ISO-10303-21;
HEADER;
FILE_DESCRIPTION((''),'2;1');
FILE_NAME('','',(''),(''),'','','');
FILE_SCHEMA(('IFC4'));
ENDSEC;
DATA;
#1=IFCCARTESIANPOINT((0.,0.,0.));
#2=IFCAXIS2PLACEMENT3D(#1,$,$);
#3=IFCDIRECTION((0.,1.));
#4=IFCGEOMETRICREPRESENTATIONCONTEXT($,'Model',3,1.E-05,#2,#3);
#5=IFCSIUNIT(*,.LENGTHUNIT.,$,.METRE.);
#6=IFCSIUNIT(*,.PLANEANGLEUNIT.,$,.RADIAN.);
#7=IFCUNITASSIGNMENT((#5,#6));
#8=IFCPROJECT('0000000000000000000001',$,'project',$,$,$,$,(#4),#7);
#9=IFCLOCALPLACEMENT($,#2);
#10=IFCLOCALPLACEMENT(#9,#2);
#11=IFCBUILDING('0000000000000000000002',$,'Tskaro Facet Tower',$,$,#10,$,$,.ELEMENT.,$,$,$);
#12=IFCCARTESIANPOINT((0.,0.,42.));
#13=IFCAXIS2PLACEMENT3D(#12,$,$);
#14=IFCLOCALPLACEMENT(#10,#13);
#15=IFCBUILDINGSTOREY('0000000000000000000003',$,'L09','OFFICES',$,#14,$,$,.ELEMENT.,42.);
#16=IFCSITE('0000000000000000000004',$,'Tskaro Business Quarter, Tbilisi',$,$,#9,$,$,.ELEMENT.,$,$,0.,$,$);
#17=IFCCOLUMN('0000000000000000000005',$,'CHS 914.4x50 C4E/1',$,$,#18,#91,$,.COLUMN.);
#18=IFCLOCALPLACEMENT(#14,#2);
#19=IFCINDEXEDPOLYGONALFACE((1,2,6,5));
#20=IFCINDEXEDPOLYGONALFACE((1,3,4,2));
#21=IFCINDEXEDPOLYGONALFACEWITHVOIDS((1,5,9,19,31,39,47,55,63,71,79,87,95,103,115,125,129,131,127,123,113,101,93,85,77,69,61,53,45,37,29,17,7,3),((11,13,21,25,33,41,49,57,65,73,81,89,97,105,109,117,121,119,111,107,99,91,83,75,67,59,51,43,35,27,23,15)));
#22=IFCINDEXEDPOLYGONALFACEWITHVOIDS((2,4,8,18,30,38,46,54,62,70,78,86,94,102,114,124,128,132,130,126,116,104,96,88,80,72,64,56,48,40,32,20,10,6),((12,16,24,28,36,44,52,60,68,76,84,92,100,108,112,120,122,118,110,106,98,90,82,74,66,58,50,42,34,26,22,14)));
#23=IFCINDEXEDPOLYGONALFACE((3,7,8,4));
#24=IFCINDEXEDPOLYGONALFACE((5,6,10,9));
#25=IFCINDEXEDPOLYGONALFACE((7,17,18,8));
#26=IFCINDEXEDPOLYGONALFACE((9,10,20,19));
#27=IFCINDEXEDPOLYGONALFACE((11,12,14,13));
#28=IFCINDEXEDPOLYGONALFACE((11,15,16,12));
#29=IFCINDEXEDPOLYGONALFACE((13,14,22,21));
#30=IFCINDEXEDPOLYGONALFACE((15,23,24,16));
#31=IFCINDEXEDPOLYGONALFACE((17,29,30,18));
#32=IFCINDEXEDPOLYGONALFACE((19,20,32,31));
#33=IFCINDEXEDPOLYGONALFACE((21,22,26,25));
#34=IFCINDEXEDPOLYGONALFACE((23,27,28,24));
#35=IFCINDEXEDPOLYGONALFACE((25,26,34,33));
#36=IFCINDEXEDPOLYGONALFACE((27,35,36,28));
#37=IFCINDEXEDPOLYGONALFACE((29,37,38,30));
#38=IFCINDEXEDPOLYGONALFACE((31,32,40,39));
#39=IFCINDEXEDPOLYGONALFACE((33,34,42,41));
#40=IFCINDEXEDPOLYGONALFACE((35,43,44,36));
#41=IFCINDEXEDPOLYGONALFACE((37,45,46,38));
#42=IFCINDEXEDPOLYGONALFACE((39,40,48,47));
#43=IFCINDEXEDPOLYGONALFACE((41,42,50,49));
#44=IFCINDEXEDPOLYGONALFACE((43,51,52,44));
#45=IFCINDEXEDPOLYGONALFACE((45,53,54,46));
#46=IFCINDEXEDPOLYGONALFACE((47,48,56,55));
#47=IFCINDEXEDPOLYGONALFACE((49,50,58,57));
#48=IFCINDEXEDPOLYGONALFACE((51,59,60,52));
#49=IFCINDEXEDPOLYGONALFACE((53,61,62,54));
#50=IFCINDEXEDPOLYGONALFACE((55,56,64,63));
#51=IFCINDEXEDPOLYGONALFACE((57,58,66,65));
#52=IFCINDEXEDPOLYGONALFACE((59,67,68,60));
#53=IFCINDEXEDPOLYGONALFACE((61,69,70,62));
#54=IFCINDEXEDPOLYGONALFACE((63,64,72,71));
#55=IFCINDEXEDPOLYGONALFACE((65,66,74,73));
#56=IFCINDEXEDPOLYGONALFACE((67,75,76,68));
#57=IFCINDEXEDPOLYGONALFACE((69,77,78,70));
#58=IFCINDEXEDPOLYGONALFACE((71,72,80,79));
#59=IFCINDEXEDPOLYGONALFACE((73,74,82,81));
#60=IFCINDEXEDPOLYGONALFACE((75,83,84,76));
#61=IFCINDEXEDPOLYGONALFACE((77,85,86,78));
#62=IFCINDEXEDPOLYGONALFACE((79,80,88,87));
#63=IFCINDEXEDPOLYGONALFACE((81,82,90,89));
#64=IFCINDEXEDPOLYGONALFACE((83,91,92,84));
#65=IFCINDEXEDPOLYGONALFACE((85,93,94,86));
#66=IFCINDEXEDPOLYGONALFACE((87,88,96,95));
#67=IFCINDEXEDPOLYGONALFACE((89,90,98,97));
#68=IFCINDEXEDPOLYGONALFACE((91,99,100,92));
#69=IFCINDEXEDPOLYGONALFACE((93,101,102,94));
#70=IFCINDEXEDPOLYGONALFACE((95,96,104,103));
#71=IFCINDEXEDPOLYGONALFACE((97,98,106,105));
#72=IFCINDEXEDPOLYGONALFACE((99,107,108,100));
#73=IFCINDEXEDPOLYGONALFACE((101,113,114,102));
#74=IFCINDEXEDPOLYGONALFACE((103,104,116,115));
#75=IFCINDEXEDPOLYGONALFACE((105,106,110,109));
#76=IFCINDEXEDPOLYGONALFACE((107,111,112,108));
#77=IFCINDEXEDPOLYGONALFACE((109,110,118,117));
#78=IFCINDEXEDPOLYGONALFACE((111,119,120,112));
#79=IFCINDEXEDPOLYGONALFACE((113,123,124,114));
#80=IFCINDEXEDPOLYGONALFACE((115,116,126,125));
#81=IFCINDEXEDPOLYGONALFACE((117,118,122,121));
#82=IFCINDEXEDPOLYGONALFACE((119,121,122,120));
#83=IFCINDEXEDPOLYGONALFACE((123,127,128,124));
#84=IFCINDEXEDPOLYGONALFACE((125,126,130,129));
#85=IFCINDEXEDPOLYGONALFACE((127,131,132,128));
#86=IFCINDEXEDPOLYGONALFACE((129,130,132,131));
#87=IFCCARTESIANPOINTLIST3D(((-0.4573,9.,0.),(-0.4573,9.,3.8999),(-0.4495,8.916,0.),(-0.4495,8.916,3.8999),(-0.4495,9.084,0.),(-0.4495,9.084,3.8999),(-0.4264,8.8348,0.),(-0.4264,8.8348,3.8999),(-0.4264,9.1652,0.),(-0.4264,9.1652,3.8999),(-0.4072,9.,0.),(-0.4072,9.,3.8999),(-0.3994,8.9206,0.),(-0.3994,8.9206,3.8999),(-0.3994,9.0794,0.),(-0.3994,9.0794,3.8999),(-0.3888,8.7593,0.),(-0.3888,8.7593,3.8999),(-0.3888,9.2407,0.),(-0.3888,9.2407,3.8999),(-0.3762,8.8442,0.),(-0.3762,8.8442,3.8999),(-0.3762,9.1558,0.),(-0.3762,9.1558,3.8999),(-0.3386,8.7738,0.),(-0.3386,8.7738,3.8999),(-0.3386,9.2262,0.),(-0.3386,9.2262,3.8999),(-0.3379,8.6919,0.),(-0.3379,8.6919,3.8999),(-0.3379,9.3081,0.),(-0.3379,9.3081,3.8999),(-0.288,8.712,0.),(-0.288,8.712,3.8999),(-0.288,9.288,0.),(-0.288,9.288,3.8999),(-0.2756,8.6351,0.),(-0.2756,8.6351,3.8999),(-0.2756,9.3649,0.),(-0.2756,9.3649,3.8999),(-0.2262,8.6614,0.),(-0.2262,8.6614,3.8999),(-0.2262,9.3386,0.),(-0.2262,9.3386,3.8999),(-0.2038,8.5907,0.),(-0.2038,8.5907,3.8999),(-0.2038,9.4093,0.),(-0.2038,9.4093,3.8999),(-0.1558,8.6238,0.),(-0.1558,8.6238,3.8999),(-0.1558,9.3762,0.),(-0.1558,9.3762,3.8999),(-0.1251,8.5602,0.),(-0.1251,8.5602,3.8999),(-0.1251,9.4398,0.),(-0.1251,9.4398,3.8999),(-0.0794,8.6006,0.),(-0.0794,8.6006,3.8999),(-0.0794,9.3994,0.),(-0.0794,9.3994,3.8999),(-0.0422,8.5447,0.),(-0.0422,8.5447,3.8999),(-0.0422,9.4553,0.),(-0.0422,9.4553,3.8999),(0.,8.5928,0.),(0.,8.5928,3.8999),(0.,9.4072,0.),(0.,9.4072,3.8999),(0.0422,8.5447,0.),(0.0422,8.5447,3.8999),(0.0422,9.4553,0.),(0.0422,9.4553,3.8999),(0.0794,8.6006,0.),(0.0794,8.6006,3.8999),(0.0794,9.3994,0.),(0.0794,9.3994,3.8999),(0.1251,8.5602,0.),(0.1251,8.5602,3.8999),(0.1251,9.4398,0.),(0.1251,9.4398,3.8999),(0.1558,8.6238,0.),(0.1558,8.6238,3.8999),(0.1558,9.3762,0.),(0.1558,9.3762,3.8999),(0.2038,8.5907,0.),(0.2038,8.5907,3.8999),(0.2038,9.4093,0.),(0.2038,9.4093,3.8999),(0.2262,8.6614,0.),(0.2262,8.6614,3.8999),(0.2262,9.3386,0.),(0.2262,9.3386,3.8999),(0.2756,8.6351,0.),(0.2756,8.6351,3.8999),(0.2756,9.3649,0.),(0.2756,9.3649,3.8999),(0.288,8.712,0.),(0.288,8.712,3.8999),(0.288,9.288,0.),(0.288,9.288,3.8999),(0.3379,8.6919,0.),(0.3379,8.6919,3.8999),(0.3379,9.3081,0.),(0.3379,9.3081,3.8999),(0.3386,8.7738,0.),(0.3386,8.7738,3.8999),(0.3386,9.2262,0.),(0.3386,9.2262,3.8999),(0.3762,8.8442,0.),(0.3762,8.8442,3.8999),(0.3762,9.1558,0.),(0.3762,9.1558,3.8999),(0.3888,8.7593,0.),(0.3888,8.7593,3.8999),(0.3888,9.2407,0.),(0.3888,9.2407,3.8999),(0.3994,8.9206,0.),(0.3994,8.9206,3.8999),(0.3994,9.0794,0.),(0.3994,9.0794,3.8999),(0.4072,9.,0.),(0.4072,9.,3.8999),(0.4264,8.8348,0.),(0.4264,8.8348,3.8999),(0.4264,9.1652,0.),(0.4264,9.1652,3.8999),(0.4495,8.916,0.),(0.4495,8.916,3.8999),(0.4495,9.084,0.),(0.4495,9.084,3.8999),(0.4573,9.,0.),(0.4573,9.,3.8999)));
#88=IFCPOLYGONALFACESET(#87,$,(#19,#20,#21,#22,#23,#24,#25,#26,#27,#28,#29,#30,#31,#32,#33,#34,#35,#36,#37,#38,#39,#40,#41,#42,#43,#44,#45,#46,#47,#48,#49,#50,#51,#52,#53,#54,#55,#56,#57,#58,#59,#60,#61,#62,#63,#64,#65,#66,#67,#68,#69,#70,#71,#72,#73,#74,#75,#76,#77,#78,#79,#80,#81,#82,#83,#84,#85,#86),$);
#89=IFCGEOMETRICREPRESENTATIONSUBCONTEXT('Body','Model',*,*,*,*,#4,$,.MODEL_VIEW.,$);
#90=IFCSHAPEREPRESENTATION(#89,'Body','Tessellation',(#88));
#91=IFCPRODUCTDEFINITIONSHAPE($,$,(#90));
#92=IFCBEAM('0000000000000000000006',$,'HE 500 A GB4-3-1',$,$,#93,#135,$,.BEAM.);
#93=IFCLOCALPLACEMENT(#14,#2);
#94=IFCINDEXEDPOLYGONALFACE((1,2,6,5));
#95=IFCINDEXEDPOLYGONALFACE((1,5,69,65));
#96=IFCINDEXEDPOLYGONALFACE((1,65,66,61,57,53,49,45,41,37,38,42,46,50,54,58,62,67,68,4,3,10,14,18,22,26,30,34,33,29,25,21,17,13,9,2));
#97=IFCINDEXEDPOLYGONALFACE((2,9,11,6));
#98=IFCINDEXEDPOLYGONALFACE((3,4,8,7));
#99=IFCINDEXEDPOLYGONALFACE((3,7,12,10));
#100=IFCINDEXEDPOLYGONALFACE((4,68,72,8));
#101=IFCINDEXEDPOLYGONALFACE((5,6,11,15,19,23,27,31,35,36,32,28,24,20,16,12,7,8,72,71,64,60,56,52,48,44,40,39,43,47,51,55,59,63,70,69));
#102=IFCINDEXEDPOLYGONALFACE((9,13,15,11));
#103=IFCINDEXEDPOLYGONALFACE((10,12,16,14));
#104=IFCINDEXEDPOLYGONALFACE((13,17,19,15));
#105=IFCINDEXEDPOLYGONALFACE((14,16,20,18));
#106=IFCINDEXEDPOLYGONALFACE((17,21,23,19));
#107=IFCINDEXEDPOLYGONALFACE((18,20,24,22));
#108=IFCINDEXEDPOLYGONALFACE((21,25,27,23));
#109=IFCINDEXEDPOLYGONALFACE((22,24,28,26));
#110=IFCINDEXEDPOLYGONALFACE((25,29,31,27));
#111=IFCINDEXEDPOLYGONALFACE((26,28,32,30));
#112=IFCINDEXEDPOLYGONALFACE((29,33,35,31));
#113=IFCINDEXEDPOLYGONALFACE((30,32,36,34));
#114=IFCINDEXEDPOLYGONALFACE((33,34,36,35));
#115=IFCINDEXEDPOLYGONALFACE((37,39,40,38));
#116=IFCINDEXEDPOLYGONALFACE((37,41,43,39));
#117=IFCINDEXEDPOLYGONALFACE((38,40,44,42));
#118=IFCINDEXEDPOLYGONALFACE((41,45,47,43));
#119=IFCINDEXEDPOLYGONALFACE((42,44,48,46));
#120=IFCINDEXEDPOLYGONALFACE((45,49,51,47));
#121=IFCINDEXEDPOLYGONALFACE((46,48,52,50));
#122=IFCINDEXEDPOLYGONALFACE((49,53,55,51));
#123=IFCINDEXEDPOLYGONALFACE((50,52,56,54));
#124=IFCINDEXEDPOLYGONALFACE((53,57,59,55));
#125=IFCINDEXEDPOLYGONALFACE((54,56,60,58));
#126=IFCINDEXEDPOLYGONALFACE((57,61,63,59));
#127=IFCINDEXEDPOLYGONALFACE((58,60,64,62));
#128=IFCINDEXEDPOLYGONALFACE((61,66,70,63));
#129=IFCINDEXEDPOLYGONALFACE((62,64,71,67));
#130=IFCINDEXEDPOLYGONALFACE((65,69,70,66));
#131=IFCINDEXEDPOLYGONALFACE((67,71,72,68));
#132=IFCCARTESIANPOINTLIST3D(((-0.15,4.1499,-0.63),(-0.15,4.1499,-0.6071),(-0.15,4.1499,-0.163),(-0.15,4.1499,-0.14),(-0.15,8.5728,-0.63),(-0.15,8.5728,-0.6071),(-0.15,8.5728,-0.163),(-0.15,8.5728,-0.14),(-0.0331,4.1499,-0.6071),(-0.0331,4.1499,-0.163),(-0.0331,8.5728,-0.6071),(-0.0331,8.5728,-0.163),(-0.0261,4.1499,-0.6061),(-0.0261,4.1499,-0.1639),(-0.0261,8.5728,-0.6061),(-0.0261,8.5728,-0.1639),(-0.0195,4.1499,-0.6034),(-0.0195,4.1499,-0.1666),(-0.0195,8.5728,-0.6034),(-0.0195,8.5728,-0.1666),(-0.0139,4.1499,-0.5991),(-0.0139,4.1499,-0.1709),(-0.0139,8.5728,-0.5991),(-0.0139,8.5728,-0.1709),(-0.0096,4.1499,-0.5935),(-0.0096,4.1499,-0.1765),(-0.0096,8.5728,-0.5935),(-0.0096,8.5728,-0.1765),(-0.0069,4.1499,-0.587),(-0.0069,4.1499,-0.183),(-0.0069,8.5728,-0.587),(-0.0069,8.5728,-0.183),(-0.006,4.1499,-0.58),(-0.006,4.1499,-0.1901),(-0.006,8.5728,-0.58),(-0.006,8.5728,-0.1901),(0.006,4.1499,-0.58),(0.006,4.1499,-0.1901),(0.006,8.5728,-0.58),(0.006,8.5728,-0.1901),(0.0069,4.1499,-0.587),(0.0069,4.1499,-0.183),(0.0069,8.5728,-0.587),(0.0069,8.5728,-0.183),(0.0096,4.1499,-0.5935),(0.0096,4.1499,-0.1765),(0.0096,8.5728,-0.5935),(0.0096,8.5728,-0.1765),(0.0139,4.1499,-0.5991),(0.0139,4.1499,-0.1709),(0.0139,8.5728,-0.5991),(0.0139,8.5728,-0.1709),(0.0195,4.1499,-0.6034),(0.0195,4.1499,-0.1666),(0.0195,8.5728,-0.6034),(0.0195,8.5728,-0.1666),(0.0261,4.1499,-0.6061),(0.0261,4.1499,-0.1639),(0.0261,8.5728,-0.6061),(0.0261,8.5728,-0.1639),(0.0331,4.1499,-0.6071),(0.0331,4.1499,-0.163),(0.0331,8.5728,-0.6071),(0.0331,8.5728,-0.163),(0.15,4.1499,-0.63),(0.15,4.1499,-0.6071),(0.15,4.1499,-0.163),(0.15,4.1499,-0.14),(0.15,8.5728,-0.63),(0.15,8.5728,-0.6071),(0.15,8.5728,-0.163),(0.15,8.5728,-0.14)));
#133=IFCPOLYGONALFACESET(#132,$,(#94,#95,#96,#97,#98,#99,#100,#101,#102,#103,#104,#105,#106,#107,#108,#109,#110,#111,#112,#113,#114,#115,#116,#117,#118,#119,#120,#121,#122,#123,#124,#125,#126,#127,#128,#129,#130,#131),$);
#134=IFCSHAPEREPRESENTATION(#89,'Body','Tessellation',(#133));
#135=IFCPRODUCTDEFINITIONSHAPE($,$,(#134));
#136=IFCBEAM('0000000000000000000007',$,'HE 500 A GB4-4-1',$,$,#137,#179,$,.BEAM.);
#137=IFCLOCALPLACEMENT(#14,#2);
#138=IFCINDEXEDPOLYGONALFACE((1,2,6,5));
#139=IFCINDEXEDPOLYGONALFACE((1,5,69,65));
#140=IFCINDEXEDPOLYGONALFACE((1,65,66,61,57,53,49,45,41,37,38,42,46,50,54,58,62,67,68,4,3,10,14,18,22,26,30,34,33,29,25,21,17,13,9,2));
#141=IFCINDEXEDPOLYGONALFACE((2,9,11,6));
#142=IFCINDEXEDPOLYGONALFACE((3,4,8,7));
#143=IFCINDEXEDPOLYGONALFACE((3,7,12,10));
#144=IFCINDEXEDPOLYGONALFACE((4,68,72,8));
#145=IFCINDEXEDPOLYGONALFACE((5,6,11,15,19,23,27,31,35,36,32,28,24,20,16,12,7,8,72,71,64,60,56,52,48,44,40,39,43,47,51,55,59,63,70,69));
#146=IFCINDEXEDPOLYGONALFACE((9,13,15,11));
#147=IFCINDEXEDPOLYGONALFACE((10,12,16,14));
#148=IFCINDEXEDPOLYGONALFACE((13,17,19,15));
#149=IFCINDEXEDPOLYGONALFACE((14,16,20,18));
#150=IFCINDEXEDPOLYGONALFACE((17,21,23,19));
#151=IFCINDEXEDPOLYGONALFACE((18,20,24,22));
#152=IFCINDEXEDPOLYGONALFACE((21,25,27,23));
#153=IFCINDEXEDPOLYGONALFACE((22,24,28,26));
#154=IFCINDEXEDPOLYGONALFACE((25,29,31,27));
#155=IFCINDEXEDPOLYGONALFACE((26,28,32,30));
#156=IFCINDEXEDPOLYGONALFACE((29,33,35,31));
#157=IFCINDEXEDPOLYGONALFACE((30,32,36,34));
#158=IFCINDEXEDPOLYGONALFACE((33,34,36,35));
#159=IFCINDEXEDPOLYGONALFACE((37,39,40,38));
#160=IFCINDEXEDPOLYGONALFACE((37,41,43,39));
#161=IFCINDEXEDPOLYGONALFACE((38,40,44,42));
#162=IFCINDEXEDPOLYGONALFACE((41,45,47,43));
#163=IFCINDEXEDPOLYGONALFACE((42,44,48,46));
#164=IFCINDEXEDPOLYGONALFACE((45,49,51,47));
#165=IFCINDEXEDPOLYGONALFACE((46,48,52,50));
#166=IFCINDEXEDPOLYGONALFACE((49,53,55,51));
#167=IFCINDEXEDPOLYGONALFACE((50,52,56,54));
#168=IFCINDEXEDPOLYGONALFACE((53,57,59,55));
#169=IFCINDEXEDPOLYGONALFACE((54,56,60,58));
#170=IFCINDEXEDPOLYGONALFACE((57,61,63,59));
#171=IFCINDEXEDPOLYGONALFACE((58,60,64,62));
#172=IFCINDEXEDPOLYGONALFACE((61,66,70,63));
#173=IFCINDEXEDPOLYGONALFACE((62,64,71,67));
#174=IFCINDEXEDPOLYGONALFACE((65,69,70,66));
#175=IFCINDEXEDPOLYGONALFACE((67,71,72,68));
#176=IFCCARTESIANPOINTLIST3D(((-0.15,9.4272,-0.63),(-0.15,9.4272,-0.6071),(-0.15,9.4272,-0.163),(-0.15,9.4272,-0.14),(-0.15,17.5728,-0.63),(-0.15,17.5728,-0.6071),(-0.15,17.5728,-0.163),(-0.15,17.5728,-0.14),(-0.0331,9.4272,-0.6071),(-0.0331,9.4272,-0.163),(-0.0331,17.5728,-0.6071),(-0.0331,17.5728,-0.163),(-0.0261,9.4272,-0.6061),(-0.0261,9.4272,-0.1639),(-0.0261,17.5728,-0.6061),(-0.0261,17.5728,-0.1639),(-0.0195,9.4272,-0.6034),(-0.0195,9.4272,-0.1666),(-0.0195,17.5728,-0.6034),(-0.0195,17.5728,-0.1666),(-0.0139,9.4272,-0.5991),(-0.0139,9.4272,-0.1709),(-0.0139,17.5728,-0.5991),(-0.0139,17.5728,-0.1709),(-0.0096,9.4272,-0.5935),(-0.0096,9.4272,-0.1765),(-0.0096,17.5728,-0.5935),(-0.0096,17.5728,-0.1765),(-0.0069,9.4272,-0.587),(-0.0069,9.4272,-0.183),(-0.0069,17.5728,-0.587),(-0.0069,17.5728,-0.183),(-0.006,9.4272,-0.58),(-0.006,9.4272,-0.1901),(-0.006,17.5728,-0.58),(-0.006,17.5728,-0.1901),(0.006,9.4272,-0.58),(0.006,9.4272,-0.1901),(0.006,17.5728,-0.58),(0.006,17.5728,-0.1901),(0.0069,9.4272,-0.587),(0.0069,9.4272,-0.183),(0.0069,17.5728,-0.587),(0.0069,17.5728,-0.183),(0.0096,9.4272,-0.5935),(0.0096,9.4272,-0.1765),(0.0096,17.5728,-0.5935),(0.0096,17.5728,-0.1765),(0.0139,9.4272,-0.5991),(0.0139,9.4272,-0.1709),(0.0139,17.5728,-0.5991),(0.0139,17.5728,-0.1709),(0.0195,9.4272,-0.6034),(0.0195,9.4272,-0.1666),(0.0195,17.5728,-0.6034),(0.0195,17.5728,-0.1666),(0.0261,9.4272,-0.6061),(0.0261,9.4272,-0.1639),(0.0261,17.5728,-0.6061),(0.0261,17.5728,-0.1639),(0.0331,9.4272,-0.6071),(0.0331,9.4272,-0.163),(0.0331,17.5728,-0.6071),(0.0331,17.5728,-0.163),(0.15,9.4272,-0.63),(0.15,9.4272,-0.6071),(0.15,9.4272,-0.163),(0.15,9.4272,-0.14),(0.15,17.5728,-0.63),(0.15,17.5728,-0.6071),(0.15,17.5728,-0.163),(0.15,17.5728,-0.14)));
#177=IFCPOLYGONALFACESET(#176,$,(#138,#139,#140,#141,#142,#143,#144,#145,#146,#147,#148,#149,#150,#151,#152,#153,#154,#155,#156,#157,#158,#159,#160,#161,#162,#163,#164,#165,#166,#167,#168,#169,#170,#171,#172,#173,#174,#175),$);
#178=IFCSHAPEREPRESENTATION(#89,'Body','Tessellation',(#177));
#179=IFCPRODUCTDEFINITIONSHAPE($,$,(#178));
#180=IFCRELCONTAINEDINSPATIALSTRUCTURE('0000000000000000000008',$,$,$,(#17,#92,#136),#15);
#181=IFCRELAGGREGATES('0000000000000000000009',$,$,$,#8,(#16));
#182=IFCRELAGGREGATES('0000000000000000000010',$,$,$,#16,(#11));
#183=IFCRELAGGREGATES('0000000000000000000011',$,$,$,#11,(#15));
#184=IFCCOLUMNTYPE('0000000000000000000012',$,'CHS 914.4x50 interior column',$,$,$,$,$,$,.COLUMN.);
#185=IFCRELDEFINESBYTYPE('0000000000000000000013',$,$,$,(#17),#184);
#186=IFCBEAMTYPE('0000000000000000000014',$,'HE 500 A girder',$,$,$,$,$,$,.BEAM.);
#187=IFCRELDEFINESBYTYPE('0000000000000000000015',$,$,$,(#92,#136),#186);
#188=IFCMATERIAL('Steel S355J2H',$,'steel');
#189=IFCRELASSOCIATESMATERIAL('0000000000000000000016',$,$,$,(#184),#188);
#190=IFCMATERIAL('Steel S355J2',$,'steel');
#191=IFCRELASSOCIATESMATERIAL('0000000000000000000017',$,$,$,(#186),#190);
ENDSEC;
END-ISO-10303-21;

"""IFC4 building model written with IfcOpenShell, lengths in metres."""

from ifc_helpers import new_model, si_unit, direction, frame, origin, origin_2d, place, context, subcontext, project, spatial, hollow_circle, i_section, extrude, material, material_profile, profile_set, type_object, element, save


model = new_model("IFC4")

# Units and contexts
model_context = context("Model", 3, precision=1e-05, world=origin(), true_north=direction((0.0, 1.0)))
body_context = subcontext(model_context, "Body", "Model", "MODEL_VIEW")
ifc_project = project(units=[si_unit("LENGTHUNIT", "METRE"), si_unit("PLANEANGLEUNIT", "RADIAN")], contexts=[model_context])

# Site, building, storey
site_placement = place(None, origin())
site = spatial("IfcSite", under=ifc_project, at=site_placement, Name="Tskaro Business Quarter, Tbilisi", CompositionType="ELEMENT", RefElevation=0.0)
building_placement = place(site_placement, origin())
building = spatial("IfcBuilding", under=site, at=building_placement, Name="Tskaro Facet Tower", CompositionType="ELEMENT")
storey_placement = place(building_placement, frame((0.0, 0.0, 42.0)))
storey = spatial("IfcBuildingStorey", under=building, at=storey_placement, Name="L09", Description="OFFICES", CompositionType="ELEMENT", Elevation=42.0)

# Column
ifc_material_1 = material(Name="Steel S355J2H", Category="steel")
ifc_material_profile_1 = material_profile(ifc_material_1, hollow_circle(Radius=0.4573, WallThickness=0.05, at=origin_2d()), Name="CHS 914.4x50")
ifc_profile_set_1 = profile_set([ifc_material_profile_1], Name="Steel S355J2H")
column_type = type_object("IfcColumnType", Name="CHS 914.4x50 interior column", PredefinedType="COLUMN", material=ifc_profile_set_1)
column_placement = place(storey_placement, frame((0.0, 9.0, 0.0), z_axis=(0.0, 0.0, 1.0), x_axis=(1.0, 0.0, 0.0)))
element("IfcColumn", 1, at=column_placement, inside=storey, type_object=column_type, Name="CHS 914.4x50 C4E/1", PredefinedType="COLUMN", context=body_context, shape_type="SweptSolid", body=[
    extrude(hollow_circle(Radius=0.4573, WallThickness=0.05, at=origin_2d()), origin(), (0.0, 0.0, 1.0), 3.8999),
])

# Beams
ifc_material_2 = material(Name="Steel S355J2", Category="steel")
ifc_material_profile_2 = material_profile(ifc_material_2, i_section(OverallWidth=0.3, OverallDepth=0.49, WebThickness=0.012, FlangeThickness=0.0229, FilletRadius=0.0271, at=origin_2d()), Name="HE 500 A")
ifc_profile_set_2 = profile_set([ifc_material_profile_2], Name="Steel S355J2")
beam_type_1 = type_object("IfcBeamType", Name="HE 500 A girder", PredefinedType="BEAM", material=ifc_profile_set_2)
beam_1_placement = place(storey_placement, frame((0.0, 4.1499, -0.385), z_axis=(0.0, 1.0, 0.0), x_axis=(-1.0, 0.0, 0.0)))
element("IfcBeam", 2, at=beam_1_placement, inside=storey, type_object=beam_type_1, Name="HE 500 A GB4-3-1", PredefinedType="BEAM", context=body_context, shape_type="SweptSolid", body=[
    extrude(i_section(OverallWidth=0.3, OverallDepth=0.49, WebThickness=0.012, FlangeThickness=0.0229, FilletRadius=0.0271, at=origin_2d()), origin(), (0.0, 0.0, 1.0), 4.4229),
])
beam_2_placement = place(storey_placement, frame((0.0, 9.4272, -0.385), z_axis=(0.0, 1.0, 0.0), x_axis=(-1.0, 0.0, 0.0)))
element("IfcBeam", 3, at=beam_2_placement, inside=storey, type_object=beam_type_1, Name="HE 500 A GB4-4-1", PredefinedType="BEAM", context=body_context, shape_type="SweptSolid", body=[
    extrude(i_section(OverallWidth=0.3, OverallDepth=0.49, WebThickness=0.012, FlangeThickness=0.0229, FilletRadius=0.0271, at=origin_2d()), origin(), (0.0, 0.0, 1.0), 8.1455),
])

save(model, "model.ifc")
